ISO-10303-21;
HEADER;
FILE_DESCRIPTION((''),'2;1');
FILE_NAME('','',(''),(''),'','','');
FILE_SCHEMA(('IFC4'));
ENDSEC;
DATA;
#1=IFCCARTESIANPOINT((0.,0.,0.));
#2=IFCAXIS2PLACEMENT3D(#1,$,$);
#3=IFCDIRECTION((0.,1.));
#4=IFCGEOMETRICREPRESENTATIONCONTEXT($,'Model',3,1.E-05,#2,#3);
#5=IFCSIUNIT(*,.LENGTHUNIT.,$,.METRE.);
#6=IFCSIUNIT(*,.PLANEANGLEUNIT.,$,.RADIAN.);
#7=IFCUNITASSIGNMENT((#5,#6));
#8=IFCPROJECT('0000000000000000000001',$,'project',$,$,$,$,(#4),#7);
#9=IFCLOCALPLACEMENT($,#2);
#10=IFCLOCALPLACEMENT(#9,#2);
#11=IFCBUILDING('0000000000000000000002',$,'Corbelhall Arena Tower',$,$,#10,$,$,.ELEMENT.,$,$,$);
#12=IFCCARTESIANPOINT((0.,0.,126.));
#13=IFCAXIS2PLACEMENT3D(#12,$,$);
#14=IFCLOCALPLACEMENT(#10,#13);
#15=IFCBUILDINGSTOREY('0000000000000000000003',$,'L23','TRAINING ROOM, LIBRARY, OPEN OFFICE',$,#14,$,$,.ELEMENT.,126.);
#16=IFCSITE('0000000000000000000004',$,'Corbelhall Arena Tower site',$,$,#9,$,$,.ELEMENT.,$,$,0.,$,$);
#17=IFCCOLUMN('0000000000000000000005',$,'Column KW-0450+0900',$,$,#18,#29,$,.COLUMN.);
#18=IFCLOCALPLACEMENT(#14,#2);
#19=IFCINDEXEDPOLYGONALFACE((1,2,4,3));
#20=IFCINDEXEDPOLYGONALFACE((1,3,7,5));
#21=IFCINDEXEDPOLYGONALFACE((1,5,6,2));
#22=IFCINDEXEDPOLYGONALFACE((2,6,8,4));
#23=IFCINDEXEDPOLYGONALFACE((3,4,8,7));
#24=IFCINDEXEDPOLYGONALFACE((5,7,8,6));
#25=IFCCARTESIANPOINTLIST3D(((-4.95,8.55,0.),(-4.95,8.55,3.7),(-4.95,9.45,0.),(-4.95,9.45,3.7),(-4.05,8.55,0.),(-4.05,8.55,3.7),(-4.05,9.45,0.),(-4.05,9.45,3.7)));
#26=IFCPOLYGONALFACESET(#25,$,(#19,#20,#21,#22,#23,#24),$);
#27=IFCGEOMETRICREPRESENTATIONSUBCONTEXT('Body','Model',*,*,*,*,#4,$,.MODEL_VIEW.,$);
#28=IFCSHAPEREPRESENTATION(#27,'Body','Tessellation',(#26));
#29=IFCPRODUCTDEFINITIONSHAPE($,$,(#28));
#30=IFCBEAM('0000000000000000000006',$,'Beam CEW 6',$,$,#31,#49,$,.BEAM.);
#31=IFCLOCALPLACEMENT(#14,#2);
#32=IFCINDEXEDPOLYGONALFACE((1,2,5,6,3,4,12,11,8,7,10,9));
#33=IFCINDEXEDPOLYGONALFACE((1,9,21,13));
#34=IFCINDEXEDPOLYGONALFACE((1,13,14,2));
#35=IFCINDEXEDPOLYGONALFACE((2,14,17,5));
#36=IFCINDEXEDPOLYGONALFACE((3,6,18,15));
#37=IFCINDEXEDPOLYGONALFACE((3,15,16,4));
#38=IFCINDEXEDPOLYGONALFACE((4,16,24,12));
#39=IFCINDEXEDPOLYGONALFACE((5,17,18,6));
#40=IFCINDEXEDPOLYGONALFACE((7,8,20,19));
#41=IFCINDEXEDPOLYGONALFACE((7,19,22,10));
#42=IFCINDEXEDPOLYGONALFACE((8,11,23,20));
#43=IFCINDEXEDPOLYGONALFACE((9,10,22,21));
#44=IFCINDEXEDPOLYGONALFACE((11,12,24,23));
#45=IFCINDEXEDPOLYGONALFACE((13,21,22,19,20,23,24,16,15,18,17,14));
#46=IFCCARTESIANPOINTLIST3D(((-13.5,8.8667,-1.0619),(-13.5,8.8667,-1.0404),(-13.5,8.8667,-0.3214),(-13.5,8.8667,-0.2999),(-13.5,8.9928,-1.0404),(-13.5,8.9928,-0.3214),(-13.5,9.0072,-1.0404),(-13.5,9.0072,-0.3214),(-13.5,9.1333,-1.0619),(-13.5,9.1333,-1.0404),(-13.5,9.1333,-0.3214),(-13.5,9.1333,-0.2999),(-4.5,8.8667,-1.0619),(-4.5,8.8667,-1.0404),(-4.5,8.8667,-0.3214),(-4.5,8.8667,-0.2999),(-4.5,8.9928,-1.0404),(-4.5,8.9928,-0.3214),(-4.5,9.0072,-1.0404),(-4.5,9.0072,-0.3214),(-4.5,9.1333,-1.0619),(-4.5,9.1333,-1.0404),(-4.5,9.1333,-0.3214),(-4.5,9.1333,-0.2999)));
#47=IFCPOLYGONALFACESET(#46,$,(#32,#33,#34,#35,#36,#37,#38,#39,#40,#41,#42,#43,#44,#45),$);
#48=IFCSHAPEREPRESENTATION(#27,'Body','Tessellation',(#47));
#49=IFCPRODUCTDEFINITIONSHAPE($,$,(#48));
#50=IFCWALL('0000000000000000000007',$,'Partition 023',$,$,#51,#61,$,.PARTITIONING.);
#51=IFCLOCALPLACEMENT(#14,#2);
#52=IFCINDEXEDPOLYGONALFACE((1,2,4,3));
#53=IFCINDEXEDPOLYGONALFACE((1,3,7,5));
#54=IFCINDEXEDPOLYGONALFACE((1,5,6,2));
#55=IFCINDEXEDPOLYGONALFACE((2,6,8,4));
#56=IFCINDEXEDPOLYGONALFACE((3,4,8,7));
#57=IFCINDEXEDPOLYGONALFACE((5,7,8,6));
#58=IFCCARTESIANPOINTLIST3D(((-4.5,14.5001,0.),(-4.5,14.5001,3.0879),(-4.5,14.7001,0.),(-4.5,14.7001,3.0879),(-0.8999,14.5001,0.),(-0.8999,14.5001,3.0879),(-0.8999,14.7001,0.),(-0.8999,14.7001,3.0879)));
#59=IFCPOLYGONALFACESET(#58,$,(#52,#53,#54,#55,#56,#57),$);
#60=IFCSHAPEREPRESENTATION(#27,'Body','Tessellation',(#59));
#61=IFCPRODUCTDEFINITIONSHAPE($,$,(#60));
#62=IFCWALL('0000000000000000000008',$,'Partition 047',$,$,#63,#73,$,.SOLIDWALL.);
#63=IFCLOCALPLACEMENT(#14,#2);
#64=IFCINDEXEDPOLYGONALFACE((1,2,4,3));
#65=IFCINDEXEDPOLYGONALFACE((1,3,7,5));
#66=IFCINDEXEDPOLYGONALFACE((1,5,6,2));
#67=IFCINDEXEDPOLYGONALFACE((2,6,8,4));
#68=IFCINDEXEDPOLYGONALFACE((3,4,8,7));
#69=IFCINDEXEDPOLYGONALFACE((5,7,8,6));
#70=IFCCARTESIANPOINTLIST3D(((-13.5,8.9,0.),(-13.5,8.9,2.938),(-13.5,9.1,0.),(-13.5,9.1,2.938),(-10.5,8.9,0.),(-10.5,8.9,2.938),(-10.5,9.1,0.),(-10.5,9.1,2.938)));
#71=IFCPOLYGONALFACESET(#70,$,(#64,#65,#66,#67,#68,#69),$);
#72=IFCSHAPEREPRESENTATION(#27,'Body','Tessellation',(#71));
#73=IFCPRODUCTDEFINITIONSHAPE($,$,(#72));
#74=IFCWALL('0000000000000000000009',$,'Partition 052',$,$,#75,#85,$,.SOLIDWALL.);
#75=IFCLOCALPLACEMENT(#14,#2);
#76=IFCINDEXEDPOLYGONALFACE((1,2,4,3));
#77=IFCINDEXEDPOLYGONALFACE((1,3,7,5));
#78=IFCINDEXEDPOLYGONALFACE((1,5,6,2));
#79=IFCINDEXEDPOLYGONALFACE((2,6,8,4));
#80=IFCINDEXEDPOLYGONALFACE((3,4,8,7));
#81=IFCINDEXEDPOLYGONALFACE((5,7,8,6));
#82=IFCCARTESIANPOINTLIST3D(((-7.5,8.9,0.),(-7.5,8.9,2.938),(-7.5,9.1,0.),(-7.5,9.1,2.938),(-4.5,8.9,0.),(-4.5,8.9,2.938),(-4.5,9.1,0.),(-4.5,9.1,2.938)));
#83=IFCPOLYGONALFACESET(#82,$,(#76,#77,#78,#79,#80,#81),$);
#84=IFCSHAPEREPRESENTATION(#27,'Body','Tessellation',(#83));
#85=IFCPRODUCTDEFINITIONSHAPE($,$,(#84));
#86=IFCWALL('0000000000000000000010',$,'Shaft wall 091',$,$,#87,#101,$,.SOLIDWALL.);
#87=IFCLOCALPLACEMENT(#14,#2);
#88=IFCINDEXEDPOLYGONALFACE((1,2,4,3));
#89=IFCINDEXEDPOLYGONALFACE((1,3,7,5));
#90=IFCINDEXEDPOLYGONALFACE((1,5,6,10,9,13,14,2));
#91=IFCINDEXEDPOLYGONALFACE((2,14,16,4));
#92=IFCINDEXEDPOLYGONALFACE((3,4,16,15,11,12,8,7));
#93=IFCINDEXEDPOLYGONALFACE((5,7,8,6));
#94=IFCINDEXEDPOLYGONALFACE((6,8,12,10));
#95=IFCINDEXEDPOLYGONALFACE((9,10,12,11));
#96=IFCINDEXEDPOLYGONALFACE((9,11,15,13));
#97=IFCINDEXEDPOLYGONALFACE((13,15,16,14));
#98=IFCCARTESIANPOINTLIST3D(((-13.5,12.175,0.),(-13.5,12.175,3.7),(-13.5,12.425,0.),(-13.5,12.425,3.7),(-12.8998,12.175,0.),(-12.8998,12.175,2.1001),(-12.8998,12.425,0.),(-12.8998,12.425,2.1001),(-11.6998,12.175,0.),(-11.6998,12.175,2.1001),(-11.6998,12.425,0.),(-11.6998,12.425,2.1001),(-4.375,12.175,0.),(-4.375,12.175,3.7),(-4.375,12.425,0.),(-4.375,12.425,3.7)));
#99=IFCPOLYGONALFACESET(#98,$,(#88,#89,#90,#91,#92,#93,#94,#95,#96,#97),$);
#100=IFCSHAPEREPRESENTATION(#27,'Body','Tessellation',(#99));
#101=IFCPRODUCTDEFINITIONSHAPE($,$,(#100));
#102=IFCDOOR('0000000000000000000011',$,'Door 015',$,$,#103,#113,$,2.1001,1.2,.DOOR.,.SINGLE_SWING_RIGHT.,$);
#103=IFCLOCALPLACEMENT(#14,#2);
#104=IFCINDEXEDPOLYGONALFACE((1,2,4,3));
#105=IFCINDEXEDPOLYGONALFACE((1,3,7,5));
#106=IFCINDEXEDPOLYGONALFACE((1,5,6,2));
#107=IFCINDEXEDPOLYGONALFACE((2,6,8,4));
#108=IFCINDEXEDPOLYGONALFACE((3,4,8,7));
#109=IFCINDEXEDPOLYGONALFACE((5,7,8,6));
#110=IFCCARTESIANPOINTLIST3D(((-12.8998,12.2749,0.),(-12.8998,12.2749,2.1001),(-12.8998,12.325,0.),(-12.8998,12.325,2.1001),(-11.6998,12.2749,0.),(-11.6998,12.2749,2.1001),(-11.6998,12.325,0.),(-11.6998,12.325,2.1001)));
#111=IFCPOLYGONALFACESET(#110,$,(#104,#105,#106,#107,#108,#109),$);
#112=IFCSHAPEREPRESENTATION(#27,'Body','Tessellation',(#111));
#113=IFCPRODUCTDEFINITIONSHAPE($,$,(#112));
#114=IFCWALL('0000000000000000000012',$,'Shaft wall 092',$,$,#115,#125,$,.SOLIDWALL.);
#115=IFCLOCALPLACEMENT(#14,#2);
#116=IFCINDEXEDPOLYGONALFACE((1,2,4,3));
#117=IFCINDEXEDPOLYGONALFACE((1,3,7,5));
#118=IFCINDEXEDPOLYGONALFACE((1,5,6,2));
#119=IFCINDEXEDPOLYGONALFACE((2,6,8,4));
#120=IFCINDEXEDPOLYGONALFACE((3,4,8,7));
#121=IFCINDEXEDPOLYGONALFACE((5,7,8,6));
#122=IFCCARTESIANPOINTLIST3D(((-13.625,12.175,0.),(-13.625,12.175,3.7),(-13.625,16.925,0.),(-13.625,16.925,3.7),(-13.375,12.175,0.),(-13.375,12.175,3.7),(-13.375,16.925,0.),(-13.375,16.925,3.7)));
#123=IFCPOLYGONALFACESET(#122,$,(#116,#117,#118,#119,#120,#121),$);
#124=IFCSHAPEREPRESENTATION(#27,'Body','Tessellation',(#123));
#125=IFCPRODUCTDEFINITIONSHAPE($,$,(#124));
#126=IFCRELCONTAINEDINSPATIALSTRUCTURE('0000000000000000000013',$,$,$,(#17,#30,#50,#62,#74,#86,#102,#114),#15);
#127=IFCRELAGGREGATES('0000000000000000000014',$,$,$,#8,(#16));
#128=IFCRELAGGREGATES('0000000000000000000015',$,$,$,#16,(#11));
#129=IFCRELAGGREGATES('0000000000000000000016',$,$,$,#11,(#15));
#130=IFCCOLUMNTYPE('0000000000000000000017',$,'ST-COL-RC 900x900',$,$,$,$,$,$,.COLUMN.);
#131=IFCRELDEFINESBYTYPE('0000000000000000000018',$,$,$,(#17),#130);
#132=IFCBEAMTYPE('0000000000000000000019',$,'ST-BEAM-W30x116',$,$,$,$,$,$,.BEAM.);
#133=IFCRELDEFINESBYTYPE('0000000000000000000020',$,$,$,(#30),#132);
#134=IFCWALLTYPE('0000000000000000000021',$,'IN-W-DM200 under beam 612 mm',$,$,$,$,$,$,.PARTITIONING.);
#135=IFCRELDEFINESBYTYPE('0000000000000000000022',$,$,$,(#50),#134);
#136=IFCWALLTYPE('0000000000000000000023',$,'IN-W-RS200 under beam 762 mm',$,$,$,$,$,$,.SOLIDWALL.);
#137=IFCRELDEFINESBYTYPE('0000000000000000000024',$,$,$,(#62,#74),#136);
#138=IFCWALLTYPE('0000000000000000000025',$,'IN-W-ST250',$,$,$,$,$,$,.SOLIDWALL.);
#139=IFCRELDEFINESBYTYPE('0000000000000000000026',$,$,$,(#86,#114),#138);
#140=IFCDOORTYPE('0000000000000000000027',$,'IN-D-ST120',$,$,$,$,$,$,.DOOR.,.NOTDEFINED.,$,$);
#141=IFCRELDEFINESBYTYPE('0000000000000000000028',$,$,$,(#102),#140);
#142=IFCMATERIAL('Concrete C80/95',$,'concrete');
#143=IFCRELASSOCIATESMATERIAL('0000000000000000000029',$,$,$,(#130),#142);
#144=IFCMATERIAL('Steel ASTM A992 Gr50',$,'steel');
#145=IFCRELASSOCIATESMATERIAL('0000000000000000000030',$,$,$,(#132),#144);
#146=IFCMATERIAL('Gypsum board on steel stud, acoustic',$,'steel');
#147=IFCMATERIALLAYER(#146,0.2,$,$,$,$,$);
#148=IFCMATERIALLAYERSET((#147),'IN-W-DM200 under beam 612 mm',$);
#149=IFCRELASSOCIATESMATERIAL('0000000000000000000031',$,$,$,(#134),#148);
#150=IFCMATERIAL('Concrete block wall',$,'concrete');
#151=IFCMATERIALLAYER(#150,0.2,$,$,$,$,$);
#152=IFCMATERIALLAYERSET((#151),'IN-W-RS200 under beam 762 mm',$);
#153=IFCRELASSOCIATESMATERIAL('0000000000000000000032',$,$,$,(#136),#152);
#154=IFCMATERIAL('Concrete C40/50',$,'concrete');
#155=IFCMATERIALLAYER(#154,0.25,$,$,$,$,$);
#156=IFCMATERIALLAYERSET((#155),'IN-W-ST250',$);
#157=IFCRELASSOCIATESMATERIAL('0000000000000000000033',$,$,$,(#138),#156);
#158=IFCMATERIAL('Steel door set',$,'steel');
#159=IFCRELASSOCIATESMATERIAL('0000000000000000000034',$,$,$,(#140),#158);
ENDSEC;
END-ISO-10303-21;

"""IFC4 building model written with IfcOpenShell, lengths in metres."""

from ifc_helpers import new_model, si_unit, direction, frame, frame_2d, origin, origin_2d, place, context, subcontext, project, spatial, rectangle, i_section, extrude, material, layer, layer_set, material_profile, profile_set, type_object, element, fill, save


model = new_model("IFC4")

# Units and contexts
model_context = context("Model", 3, precision=1e-05, world=origin(), true_north=direction((0.0, 1.0)))
body_context = subcontext(model_context, "Body", "Model", "MODEL_VIEW")
ifc_project = project(units=[si_unit("LENGTHUNIT", "METRE"), si_unit("PLANEANGLEUNIT", "RADIAN")], contexts=[model_context])

# Site, building, storey
site_placement = place(None, origin())
site = spatial("IfcSite", under=ifc_project, at=site_placement, Name="Corbelhall Arena Tower site", CompositionType="ELEMENT", RefElevation=0.0)
building_placement = place(site_placement, origin())
building = spatial("IfcBuilding", under=site, at=building_placement, Name="Corbelhall Arena Tower", CompositionType="ELEMENT")
storey_placement = place(building_placement, frame((0.0, 0.0, 126.0)))
storey = spatial("IfcBuildingStorey", under=building, at=storey_placement, Name="L23", Description="TRAINING ROOM, LIBRARY, OPEN OFFICE", CompositionType="ELEMENT", Elevation=126.0)

# Column
ifc_material_1 = material(Name="Concrete C80/95", Category="concrete")
ifc_material_profile_1 = material_profile(ifc_material_1, rectangle(XDim=0.8999, YDim=0.8999, at=origin_2d()))
ifc_profile_set_1 = profile_set([ifc_material_profile_1], Name="Concrete C80/95")
column_type = type_object("IfcColumnType", Name="ST-COL-RC 900x900", PredefinedType="COLUMN", material=ifc_profile_set_1)
column_placement = place(storey_placement, frame((-4.5, 9.0, 0.0), z_axis=(0.0, 0.0, 1.0), x_axis=(1.0, 0.0, 0.0)))
element("IfcColumn", 1, at=column_placement, inside=storey, type_object=column_type, Name="Column KW-0450+0900", PredefinedType="COLUMN", context=body_context, shape_type="SweptSolid", body=[
    extrude(rectangle(XDim=0.8999, YDim=0.8999, at=origin_2d()), origin(), (0.0, 0.0, 1.0), 3.7),
])

# Beam
ifc_material_2 = material(Name="Steel ASTM A992 Gr50", Category="steel")
ifc_material_profile_2 = material_profile(ifc_material_2, i_section(OverallWidth=0.2666, OverallDepth=0.762, WebThickness=0.0144, FlangeThickness=0.0215, at=origin_2d()))
ifc_profile_set_2 = profile_set([ifc_material_profile_2], Name="Steel ASTM A992 Gr50")
beam_type = type_object("IfcBeamType", Name="ST-BEAM-W30x116", PredefinedType="BEAM", material=ifc_profile_set_2)
beam_placement = place(storey_placement, frame((-13.5, 9.0, -0.6809), z_axis=(1.0, 0.0, 0.0), x_axis=(0.0, 1.0, 0.0)))
element("IfcBeam", 2, at=beam_placement, inside=storey, type_object=beam_type, Name="Beam CEW 6", PredefinedType="BEAM", context=body_context, shape_type="SweptSolid", body=[
    extrude(i_section(OverallWidth=0.2666, OverallDepth=0.762, WebThickness=0.0144, FlangeThickness=0.0215, at=origin_2d()), origin(), (0.0, 0.0, 1.0), 9.0),
])

# Shared definitions
ifc_material_3 = material(Name="Gypsum board on steel stud, acoustic", Category="steel")
ifc_material_4 = material(Name="Steel door set", Category="steel")

# Walls
ifc_layer_1 = layer(ifc_material_3, 0.2)
ifc_layer_set_1 = layer_set([ifc_layer_1], Name="IN-W-DM200 under beam 612 mm")
wall_type_1 = type_object("IfcWallType", Name="IN-W-DM200 under beam 612 mm", PredefinedType="PARTITIONING", material=ifc_layer_set_1)
wall_1_placement = place(storey_placement, frame((-4.5, 14.6001, 0.0), z_axis=(0.0, 0.0, 1.0), x_axis=(1.0, 0.0, 0.0)))
element("IfcWall", 3, at=wall_1_placement, inside=storey, type_object=wall_type_1, Name="Partition 023", PredefinedType="PARTITIONING", context=body_context, shape_type="SweptSolid", body=[
    extrude(rectangle(XDim=3.6001, YDim=0.2, at=frame_2d((1.8, 0.0))), origin(), (0.0, 0.0, 1.0), 3.0879),
])
ifc_material_5 = material(Name="Concrete block wall", Category="concrete")
ifc_layer_2 = layer(ifc_material_5, 0.2)
ifc_layer_set_2 = layer_set([ifc_layer_2], Name="IN-W-RS200 under beam 762 mm")
wall_type_2 = type_object("IfcWallType", Name="IN-W-RS200 under beam 762 mm", PredefinedType="SOLIDWALL", material=ifc_layer_set_2)
for number, where, z_axis, x_axis, name in (
    (4, (-13.5, 9.0, 0.0), (0.0, 0.0, 1.0), (1.0, 0.0, 0.0), "Partition 047"),
    (5, (-7.5, 9.0, 0.0), (0.0, 0.0, 1.0), (1.0, 0.0, 0.0), "Partition 052"),
):
    element("IfcWall", number, at=place(storey_placement, frame(where, z_axis=z_axis, x_axis=x_axis)), inside=storey, type_object=wall_type_2, Name=name, PredefinedType="SOLIDWALL", context=body_context, shape_type="SweptSolid", body=[
        extrude(rectangle(XDim=3.0, YDim=0.2, at=frame_2d((1.5, 0.0))), origin(), (0.0, 0.0, 1.0), 2.938),
    ])

# Wall, opening, door
ifc_material_6 = material(Name="Concrete C40/50", Category="concrete")
ifc_layer_3 = layer(ifc_material_6, 0.25)
ifc_layer_set_3 = layer_set([ifc_layer_3], Name="IN-W-ST250")
wall_type_3 = type_object("IfcWallType", Name="IN-W-ST250", PredefinedType="SOLIDWALL", material=ifc_layer_set_3)
wall_2_placement = place(storey_placement, frame((-13.5, 12.3, 0.0), z_axis=(0.0, 0.0, 1.0), x_axis=(1.0, 0.0, 0.0)))
wall_2 = element("IfcWall", 6, at=wall_2_placement, inside=storey, type_object=wall_type_3, Name="Shaft wall 091", PredefinedType="SOLIDWALL", context=body_context, shape_type="SweptSolid", body=[
    extrude(rectangle(XDim=9.125, YDim=0.25, at=frame_2d((4.5625, 0.0))), origin(), (0.0, 0.0, 1.0), 3.7),
])
opening_1_placement = place(wall_2_placement, frame((0.6001, 0.0, 0.0)))
opening_1 = element("IfcOpeningElement", 7, at=opening_1_placement, cuts=wall_2, PredefinedType="OPENING", context=body_context, shape_type="SweptSolid", body=[
    extrude(rectangle(XDim=1.2, YDim=2.1001, at=frame_2d((0.6001, 1.05))), frame((0.0, 0.125, 0.0), z_axis=(0.0, -1.0, 0.0), x_axis=(1.0, 0.0, 0.0)), (0.0, 0.0, 1.0), 0.25),
])
door_type_1 = type_object("IfcDoorType", Name="IN-D-ST120", OperationType="NOTDEFINED", PredefinedType="DOOR", material=ifc_material_4)
door_1_placement = place(opening_1_placement, origin())
door_1 = element("IfcDoor", 8, at=door_1_placement, inside=storey, type_object=door_type_1, Name="Door 015", OperationType="SINGLE_SWING_RIGHT", OverallHeight=2.1001, OverallWidth=1.2, PredefinedType="DOOR", context=body_context, shape_type="SweptSolid", body=[
    extrude(rectangle(XDim=1.2, YDim=2.1001, at=frame_2d((0.6001, 1.05))), frame((0.0, 0.0249, 0.0), z_axis=(0.0, -1.0, 0.0), x_axis=(1.0, 0.0, 0.0)), (0.0, 0.0, 1.0), 0.05),
])
fill(opening_1, door_1)

# Wall
wall_3_placement = place(storey_placement, frame((-13.5, 12.175, 0.0), z_axis=(0.0, 0.0, 1.0), x_axis=(0.0, 1.0, 0.0)))
element("IfcWall", 9, at=wall_3_placement, inside=storey, type_object=wall_type_3, Name="Shaft wall 092", PredefinedType="SOLIDWALL", context=body_context, shape_type="SweptSolid", body=[
    extrude(rectangle(XDim=4.75, YDim=0.25, at=frame_2d((2.375, 0.0))), origin(), (0.0, 0.0, 1.0), 3.7),
])

save(model, "model.ifc")
